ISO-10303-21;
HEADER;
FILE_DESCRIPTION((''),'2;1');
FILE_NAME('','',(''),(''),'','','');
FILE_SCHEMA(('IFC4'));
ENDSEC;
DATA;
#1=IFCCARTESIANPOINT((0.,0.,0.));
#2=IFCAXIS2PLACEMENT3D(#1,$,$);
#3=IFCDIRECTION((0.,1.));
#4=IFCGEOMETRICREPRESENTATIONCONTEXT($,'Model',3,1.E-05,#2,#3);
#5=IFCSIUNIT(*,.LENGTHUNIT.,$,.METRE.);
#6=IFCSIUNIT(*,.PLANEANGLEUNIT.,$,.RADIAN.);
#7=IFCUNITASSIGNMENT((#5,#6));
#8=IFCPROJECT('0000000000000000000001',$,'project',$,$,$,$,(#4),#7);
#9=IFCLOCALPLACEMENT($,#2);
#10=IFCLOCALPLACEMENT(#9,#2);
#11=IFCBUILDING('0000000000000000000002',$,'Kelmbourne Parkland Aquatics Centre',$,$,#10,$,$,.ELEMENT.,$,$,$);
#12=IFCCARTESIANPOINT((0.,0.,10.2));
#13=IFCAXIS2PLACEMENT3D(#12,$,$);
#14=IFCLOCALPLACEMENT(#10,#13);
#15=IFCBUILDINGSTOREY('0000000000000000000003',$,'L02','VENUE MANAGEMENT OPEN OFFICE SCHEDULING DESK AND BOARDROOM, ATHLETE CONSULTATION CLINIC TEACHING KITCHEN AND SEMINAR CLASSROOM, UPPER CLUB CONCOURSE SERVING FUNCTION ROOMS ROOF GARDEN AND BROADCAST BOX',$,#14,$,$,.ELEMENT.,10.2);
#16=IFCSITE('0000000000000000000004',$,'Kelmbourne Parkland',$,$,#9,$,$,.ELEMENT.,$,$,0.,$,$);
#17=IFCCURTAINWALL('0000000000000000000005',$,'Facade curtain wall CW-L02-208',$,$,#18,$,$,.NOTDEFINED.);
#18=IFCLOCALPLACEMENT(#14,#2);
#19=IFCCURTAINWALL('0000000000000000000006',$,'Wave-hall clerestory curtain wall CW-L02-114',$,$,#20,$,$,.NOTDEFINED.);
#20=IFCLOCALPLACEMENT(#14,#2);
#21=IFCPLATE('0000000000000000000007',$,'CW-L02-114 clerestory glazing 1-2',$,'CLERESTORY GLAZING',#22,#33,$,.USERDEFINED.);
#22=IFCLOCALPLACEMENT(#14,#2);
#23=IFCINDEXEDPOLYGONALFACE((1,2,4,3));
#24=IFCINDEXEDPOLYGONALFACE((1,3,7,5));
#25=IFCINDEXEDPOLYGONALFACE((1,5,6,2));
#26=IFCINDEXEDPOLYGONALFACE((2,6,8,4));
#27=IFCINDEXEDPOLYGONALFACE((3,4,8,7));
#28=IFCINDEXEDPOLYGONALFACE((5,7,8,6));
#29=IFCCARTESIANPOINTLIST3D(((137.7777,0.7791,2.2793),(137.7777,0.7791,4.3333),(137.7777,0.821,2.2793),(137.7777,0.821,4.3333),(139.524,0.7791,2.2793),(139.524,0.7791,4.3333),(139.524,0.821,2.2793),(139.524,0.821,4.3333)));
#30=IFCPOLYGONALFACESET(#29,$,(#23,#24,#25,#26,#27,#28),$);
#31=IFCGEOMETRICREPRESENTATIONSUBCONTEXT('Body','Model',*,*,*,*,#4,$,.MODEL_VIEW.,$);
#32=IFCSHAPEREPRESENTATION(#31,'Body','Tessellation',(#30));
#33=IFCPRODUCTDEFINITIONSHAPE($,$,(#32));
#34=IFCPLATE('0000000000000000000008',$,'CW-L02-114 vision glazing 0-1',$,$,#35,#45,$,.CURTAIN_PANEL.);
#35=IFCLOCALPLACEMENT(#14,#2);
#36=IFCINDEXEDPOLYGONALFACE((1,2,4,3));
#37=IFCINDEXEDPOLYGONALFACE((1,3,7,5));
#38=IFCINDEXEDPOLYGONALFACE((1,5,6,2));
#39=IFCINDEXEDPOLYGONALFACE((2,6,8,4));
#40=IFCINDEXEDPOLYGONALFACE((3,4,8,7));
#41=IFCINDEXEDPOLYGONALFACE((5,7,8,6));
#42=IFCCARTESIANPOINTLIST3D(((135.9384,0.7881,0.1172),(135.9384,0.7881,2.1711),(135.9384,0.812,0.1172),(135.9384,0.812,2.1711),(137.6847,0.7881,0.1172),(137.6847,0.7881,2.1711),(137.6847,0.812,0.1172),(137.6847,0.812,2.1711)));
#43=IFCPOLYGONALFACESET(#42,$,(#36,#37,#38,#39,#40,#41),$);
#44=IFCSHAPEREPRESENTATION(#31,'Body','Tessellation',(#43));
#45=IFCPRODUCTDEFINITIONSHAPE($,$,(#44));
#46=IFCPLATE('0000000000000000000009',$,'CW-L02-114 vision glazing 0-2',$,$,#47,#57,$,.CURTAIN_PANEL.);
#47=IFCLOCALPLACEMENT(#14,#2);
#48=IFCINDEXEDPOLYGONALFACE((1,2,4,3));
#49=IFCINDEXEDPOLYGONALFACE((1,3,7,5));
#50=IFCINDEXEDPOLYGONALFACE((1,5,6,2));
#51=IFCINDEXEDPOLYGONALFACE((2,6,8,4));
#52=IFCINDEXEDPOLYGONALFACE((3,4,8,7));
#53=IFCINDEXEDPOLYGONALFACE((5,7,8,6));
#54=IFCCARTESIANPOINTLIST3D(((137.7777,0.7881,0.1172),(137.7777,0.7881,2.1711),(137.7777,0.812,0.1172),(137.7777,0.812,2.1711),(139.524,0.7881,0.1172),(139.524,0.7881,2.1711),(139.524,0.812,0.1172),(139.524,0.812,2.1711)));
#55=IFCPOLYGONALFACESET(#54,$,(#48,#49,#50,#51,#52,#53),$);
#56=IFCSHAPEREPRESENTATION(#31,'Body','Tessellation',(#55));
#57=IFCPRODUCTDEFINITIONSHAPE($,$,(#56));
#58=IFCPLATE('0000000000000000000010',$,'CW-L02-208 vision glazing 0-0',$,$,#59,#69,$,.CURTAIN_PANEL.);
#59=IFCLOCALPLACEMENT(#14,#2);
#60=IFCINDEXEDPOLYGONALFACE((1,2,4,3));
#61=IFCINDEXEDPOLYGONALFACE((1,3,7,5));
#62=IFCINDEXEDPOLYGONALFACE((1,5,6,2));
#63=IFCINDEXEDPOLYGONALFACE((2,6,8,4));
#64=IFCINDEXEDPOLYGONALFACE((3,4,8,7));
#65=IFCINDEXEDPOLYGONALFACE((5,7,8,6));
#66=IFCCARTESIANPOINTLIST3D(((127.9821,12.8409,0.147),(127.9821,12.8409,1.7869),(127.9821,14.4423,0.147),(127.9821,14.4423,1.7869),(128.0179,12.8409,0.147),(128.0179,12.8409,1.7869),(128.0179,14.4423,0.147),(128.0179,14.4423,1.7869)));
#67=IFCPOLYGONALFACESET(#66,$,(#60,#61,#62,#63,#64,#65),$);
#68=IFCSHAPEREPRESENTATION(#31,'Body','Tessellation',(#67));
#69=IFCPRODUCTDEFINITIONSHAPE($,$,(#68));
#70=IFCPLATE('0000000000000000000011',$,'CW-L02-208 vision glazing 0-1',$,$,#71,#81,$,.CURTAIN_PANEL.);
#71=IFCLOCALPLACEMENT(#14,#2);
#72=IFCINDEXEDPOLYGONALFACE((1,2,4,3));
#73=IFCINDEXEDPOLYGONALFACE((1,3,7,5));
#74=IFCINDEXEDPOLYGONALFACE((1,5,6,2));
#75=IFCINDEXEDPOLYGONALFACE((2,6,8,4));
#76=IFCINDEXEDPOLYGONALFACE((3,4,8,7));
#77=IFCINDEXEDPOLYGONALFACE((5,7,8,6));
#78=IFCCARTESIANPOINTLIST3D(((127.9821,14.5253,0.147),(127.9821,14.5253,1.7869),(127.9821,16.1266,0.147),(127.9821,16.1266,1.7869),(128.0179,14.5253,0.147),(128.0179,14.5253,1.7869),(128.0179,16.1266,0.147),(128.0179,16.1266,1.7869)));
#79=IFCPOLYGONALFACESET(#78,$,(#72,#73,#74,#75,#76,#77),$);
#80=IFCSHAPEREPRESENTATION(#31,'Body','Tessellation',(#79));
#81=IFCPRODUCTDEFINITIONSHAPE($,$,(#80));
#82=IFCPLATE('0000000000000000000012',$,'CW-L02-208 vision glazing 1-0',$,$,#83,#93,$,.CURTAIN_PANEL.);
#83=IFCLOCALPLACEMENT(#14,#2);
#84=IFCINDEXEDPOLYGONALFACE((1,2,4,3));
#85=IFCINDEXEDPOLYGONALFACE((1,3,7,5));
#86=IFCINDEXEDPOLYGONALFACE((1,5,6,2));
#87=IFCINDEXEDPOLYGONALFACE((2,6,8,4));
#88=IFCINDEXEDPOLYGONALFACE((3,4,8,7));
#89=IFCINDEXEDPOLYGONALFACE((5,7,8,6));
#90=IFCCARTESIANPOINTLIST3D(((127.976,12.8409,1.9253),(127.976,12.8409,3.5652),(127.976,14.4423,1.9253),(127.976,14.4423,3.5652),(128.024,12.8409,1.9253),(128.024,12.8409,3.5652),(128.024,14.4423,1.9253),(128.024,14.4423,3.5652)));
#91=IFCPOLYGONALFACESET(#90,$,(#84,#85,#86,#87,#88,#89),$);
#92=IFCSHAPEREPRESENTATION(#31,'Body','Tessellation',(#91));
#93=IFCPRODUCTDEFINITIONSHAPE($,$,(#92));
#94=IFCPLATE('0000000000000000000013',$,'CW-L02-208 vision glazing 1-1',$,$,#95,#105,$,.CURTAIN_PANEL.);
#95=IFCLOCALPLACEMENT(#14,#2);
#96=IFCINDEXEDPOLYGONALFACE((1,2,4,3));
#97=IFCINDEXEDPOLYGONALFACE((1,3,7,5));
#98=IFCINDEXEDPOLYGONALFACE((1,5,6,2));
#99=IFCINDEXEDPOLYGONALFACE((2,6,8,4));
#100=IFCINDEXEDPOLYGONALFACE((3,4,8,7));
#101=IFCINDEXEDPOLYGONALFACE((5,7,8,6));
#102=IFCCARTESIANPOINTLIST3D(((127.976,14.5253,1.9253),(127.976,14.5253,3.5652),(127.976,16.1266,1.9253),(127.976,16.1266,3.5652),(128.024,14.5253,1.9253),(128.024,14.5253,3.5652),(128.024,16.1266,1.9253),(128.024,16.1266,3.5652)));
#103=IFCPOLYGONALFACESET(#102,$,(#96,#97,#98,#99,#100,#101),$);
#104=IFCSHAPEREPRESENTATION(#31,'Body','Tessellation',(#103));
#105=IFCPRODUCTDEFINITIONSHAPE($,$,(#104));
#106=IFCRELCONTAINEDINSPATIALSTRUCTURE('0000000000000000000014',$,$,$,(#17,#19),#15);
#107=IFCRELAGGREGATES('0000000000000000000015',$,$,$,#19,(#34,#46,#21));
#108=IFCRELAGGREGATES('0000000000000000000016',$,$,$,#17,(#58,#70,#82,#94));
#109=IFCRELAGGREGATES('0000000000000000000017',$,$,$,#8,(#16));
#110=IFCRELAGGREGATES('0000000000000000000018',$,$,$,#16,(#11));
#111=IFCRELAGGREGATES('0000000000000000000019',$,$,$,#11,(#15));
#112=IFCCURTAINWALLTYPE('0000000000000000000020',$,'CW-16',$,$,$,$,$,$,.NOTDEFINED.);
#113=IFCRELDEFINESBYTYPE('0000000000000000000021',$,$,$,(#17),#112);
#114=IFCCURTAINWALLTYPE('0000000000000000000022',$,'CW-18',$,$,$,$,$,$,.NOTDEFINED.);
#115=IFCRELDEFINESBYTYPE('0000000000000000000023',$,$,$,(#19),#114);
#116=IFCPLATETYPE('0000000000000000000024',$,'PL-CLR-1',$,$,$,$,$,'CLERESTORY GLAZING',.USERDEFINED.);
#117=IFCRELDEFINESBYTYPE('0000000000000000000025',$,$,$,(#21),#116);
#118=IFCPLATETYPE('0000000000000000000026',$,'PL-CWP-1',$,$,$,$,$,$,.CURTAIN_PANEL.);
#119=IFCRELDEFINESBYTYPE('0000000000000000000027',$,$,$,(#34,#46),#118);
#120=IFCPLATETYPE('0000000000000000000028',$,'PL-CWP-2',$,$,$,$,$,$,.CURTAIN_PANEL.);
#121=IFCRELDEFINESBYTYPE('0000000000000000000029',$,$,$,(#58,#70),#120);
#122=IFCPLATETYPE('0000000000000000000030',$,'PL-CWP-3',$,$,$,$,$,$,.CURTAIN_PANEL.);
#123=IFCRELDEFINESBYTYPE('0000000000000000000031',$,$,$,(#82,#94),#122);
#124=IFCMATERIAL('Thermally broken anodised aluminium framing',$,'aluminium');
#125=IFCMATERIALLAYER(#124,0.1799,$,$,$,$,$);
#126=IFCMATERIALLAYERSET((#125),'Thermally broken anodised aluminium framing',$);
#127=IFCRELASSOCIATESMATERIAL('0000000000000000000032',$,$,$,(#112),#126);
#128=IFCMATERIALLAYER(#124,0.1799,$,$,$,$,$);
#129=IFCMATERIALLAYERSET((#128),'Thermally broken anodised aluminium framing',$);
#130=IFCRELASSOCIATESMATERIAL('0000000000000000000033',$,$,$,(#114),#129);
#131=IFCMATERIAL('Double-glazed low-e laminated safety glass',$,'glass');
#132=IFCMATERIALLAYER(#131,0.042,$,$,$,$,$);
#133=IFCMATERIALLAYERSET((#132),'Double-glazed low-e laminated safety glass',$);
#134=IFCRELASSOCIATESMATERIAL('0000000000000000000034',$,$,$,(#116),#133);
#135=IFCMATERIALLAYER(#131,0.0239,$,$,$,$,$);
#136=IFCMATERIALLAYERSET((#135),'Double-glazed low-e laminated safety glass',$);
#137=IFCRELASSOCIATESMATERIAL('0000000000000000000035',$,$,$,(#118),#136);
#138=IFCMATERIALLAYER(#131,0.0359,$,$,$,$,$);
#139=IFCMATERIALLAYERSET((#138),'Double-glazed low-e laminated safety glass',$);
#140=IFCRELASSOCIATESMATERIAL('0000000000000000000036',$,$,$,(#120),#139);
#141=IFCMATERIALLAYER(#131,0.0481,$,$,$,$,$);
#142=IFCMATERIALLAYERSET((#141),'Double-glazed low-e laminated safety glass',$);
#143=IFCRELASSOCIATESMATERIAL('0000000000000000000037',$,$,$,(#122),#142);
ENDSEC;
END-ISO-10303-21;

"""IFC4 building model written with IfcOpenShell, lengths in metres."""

from ifc_helpers import new_model, si_unit, direction, frame, origin, origin_2d, place, context, subcontext, project, spatial, rectangle, extrude, material, layer, layer_set, type_object, element, aggregate, save


model = new_model("IFC4")

# Units and contexts
model_context = context("Model", 3, precision=1e-05, world=origin(), true_north=direction((0.0, 1.0)))
body_context = subcontext(model_context, "Body", "Model", "MODEL_VIEW")
ifc_project = project(units=[si_unit("LENGTHUNIT", "METRE"), si_unit("PLANEANGLEUNIT", "RADIAN")], contexts=[model_context])

# Site, building, storey
site_placement = place(None, origin())
site = spatial("IfcSite", under=ifc_project, at=site_placement, Name="Kelmbourne Parkland", CompositionType="ELEMENT", RefElevation=0.0)
building_placement = place(site_placement, origin())
building = spatial("IfcBuilding", under=site, at=building_placement, Name="Kelmbourne Parkland Aquatics Centre", CompositionType="ELEMENT")
storey_placement = place(building_placement, frame((0.0, 0.0, 10.2)))
storey = spatial("IfcBuildingStorey", under=building, at=storey_placement, Name="L02", Description="VENUE MANAGEMENT OPEN OFFICE SCHEDULING DESK AND BOARDROOM, ATHLETE CONSULTATION CLINIC TEACHING KITCHEN AND SEMINAR CLASSROOM, UPPER CLUB CONCOURSE SERVING FUNCTION ROOMS ROOF GARDEN AND BROADCAST BOX", CompositionType="ELEMENT", Elevation=10.2)

# Shared definitions
ifc_material_1 = material(Name="Thermally broken anodised aluminium framing", Category="aluminium")

# Curtain walls
ifc_layer_1 = layer(ifc_material_1, 0.1799)
ifc_layer_set_1 = layer_set([ifc_layer_1], Name="Thermally broken anodised aluminium framing")
curtain_wall_type_1 = type_object("IfcCurtainWallType", Name="CW-16", PredefinedType="NOTDEFINED", material=ifc_layer_set_1)
curtain_wall_1_placement = place(storey_placement, origin())
curtain_wall_1 = element("IfcCurtainWall", 1, at=curtain_wall_1_placement, inside=storey, type_object=curtain_wall_type_1, Name="Facade curtain wall CW-L02-208", PredefinedType="NOTDEFINED")
ifc_layer_2 = layer(ifc_material_1, 0.1799)
ifc_layer_set_2 = layer_set([ifc_layer_2], Name="Thermally broken anodised aluminium framing")
curtain_wall_type_2 = type_object("IfcCurtainWallType", Name="CW-18", PredefinedType="NOTDEFINED", material=ifc_layer_set_2)
curtain_wall_2_placement = place(storey_placement, origin())
curtain_wall_2 = element("IfcCurtainWall", 2, at=curtain_wall_2_placement, inside=storey, type_object=curtain_wall_type_2, Name="Wave-hall clerestory curtain wall CW-L02-114", PredefinedType="NOTDEFINED")

# Plates
ifc_material_2 = material(Name="Double-glazed low-e laminated safety glass", Category="glass")
ifc_layer_3 = layer(ifc_material_2, 0.042)
ifc_layer_set_3 = layer_set([ifc_layer_3], Name="Double-glazed low-e laminated safety glass")
plate_type_1 = type_object("IfcPlateType", Name="PL-CLR-1", ElementType="CLERESTORY GLAZING", PredefinedType="USERDEFINED", material=ifc_layer_set_3)
plate_1_placement = place(storey_placement, frame((138.6509, 0.8, 2.2793), z_axis=(0.0, 0.0, 1.0), x_axis=(1.0, 0.0, 0.0)))
plate_1 = element("IfcPlate", 3, at=plate_1_placement, type_object=plate_type_1, Name="CW-L02-114 clerestory glazing 1-2", ObjectType="CLERESTORY GLAZING", PredefinedType="USERDEFINED", context=body_context, shape_type="SweptSolid", body=[
    extrude(rectangle(XDim=1.7463, YDim=0.042, at=origin_2d()), origin(), (0.0, 0.0, 1.0), 2.054),
])
ifc_layer_4 = layer(ifc_material_2, 0.0239)
ifc_layer_set_4 = layer_set([ifc_layer_4], Name="Double-glazed low-e laminated safety glass")
plate_type_2 = type_object("IfcPlateType", Name="PL-CWP-1", PredefinedType="CURTAIN_PANEL", material=ifc_layer_set_4)
plate_2_placement = place(storey_placement, frame((136.8115, 0.8, 0.1172), z_axis=(0.0, 0.0, 1.0), x_axis=(1.0, 0.0, 0.0)))
plate_2 = element("IfcPlate", 4, at=plate_2_placement, type_object=plate_type_2, Name="CW-L02-114 vision glazing 0-1", PredefinedType="CURTAIN_PANEL", context=body_context, shape_type="SweptSolid", body=[
    extrude(rectangle(XDim=1.7463, YDim=0.0239, at=origin_2d()), origin(), (0.0, 0.0, 1.0), 2.054),
])
plate_3_placement = place(storey_placement, frame((138.6509, 0.8, 0.1172), z_axis=(0.0, 0.0, 1.0), x_axis=(1.0, 0.0, 0.0)))
plate_3 = element("IfcPlate", 5, at=plate_3_placement, type_object=plate_type_2, Name="CW-L02-114 vision glazing 0-2", PredefinedType="CURTAIN_PANEL", context=body_context, shape_type="SweptSolid", body=[
    extrude(rectangle(XDim=1.7463, YDim=0.0239, at=origin_2d()), origin(), (0.0, 0.0, 1.0), 2.054),
])
aggregate(curtain_wall_2, [plate_2, plate_3, plate_1])
ifc_layer_5 = layer(ifc_material_2, 0.0359)
ifc_layer_set_5 = layer_set([ifc_layer_5], Name="Double-glazed low-e laminated safety glass")
plate_type_3 = type_object("IfcPlateType", Name="PL-CWP-2", PredefinedType="CURTAIN_PANEL", material=ifc_layer_set_5)
plate_4_placement = place(storey_placement, frame((128.0, 13.6416, 0.147), z_axis=(0.0, 0.0, 1.0), x_axis=(0.0, 1.0, 0.0)))
plate_4 = element("IfcPlate", 6, at=plate_4_placement, type_object=plate_type_3, Name="CW-L02-208 vision glazing 0-0", PredefinedType="CURTAIN_PANEL", context=body_context, shape_type="SweptSolid", body=[
    extrude(rectangle(XDim=1.6013, YDim=0.0359, at=origin_2d()), origin(), (0.0, 0.0, 1.0), 1.6399),
])
plate_5_placement = place(storey_placement, frame((128.0, 15.3259, 0.147), z_axis=(0.0, 0.0, 1.0), x_axis=(0.0, 1.0, 0.0)))
plate_5 = element("IfcPlate", 7, at=plate_5_placement, type_object=plate_type_3, Name="CW-L02-208 vision glazing 0-1", PredefinedType="CURTAIN_PANEL", context=body_context, shape_type="SweptSolid", body=[
    extrude(rectangle(XDim=1.6013, YDim=0.0359, at=origin_2d()), origin(), (0.0, 0.0, 1.0), 1.6399),
])
ifc_layer_6 = layer(ifc_material_2, 0.0481)
ifc_layer_set_6 = layer_set([ifc_layer_6], Name="Double-glazed low-e laminated safety glass")
plate_type_4 = type_object("IfcPlateType", Name="PL-CWP-3", PredefinedType="CURTAIN_PANEL", material=ifc_layer_set_6)
plate_6_placement = place(storey_placement, frame((128.0, 13.6416, 1.9253), z_axis=(0.0, 0.0, 1.0), x_axis=(0.0, 1.0, 0.0)))
plate_6 = element("IfcPlate", 8, at=plate_6_placement, type_object=plate_type_4, Name="CW-L02-208 vision glazing 1-0", PredefinedType="CURTAIN_PANEL", context=body_context, shape_type="SweptSolid", body=[
    extrude(rectangle(XDim=1.6013, YDim=0.0481, at=origin_2d()), origin(), (0.0, 0.0, 1.0), 1.6399),
])
plate_7_placement = place(storey_placement, frame((128.0, 15.3259, 1.9253), z_axis=(0.0, 0.0, 1.0), x_axis=(0.0, 1.0, 0.0)))
plate_7 = element("IfcPlate", 9, at=plate_7_placement, type_object=plate_type_4, Name="CW-L02-208 vision glazing 1-1", PredefinedType="CURTAIN_PANEL", context=body_context, shape_type="SweptSolid", body=[
    extrude(rectangle(XDim=1.6013, YDim=0.0481, at=origin_2d()), origin(), (0.0, 0.0, 1.0), 1.6399),
])
aggregate(curtain_wall_1, [plate_4, plate_5, plate_6, plate_7])

save(model, "model.ifc")
